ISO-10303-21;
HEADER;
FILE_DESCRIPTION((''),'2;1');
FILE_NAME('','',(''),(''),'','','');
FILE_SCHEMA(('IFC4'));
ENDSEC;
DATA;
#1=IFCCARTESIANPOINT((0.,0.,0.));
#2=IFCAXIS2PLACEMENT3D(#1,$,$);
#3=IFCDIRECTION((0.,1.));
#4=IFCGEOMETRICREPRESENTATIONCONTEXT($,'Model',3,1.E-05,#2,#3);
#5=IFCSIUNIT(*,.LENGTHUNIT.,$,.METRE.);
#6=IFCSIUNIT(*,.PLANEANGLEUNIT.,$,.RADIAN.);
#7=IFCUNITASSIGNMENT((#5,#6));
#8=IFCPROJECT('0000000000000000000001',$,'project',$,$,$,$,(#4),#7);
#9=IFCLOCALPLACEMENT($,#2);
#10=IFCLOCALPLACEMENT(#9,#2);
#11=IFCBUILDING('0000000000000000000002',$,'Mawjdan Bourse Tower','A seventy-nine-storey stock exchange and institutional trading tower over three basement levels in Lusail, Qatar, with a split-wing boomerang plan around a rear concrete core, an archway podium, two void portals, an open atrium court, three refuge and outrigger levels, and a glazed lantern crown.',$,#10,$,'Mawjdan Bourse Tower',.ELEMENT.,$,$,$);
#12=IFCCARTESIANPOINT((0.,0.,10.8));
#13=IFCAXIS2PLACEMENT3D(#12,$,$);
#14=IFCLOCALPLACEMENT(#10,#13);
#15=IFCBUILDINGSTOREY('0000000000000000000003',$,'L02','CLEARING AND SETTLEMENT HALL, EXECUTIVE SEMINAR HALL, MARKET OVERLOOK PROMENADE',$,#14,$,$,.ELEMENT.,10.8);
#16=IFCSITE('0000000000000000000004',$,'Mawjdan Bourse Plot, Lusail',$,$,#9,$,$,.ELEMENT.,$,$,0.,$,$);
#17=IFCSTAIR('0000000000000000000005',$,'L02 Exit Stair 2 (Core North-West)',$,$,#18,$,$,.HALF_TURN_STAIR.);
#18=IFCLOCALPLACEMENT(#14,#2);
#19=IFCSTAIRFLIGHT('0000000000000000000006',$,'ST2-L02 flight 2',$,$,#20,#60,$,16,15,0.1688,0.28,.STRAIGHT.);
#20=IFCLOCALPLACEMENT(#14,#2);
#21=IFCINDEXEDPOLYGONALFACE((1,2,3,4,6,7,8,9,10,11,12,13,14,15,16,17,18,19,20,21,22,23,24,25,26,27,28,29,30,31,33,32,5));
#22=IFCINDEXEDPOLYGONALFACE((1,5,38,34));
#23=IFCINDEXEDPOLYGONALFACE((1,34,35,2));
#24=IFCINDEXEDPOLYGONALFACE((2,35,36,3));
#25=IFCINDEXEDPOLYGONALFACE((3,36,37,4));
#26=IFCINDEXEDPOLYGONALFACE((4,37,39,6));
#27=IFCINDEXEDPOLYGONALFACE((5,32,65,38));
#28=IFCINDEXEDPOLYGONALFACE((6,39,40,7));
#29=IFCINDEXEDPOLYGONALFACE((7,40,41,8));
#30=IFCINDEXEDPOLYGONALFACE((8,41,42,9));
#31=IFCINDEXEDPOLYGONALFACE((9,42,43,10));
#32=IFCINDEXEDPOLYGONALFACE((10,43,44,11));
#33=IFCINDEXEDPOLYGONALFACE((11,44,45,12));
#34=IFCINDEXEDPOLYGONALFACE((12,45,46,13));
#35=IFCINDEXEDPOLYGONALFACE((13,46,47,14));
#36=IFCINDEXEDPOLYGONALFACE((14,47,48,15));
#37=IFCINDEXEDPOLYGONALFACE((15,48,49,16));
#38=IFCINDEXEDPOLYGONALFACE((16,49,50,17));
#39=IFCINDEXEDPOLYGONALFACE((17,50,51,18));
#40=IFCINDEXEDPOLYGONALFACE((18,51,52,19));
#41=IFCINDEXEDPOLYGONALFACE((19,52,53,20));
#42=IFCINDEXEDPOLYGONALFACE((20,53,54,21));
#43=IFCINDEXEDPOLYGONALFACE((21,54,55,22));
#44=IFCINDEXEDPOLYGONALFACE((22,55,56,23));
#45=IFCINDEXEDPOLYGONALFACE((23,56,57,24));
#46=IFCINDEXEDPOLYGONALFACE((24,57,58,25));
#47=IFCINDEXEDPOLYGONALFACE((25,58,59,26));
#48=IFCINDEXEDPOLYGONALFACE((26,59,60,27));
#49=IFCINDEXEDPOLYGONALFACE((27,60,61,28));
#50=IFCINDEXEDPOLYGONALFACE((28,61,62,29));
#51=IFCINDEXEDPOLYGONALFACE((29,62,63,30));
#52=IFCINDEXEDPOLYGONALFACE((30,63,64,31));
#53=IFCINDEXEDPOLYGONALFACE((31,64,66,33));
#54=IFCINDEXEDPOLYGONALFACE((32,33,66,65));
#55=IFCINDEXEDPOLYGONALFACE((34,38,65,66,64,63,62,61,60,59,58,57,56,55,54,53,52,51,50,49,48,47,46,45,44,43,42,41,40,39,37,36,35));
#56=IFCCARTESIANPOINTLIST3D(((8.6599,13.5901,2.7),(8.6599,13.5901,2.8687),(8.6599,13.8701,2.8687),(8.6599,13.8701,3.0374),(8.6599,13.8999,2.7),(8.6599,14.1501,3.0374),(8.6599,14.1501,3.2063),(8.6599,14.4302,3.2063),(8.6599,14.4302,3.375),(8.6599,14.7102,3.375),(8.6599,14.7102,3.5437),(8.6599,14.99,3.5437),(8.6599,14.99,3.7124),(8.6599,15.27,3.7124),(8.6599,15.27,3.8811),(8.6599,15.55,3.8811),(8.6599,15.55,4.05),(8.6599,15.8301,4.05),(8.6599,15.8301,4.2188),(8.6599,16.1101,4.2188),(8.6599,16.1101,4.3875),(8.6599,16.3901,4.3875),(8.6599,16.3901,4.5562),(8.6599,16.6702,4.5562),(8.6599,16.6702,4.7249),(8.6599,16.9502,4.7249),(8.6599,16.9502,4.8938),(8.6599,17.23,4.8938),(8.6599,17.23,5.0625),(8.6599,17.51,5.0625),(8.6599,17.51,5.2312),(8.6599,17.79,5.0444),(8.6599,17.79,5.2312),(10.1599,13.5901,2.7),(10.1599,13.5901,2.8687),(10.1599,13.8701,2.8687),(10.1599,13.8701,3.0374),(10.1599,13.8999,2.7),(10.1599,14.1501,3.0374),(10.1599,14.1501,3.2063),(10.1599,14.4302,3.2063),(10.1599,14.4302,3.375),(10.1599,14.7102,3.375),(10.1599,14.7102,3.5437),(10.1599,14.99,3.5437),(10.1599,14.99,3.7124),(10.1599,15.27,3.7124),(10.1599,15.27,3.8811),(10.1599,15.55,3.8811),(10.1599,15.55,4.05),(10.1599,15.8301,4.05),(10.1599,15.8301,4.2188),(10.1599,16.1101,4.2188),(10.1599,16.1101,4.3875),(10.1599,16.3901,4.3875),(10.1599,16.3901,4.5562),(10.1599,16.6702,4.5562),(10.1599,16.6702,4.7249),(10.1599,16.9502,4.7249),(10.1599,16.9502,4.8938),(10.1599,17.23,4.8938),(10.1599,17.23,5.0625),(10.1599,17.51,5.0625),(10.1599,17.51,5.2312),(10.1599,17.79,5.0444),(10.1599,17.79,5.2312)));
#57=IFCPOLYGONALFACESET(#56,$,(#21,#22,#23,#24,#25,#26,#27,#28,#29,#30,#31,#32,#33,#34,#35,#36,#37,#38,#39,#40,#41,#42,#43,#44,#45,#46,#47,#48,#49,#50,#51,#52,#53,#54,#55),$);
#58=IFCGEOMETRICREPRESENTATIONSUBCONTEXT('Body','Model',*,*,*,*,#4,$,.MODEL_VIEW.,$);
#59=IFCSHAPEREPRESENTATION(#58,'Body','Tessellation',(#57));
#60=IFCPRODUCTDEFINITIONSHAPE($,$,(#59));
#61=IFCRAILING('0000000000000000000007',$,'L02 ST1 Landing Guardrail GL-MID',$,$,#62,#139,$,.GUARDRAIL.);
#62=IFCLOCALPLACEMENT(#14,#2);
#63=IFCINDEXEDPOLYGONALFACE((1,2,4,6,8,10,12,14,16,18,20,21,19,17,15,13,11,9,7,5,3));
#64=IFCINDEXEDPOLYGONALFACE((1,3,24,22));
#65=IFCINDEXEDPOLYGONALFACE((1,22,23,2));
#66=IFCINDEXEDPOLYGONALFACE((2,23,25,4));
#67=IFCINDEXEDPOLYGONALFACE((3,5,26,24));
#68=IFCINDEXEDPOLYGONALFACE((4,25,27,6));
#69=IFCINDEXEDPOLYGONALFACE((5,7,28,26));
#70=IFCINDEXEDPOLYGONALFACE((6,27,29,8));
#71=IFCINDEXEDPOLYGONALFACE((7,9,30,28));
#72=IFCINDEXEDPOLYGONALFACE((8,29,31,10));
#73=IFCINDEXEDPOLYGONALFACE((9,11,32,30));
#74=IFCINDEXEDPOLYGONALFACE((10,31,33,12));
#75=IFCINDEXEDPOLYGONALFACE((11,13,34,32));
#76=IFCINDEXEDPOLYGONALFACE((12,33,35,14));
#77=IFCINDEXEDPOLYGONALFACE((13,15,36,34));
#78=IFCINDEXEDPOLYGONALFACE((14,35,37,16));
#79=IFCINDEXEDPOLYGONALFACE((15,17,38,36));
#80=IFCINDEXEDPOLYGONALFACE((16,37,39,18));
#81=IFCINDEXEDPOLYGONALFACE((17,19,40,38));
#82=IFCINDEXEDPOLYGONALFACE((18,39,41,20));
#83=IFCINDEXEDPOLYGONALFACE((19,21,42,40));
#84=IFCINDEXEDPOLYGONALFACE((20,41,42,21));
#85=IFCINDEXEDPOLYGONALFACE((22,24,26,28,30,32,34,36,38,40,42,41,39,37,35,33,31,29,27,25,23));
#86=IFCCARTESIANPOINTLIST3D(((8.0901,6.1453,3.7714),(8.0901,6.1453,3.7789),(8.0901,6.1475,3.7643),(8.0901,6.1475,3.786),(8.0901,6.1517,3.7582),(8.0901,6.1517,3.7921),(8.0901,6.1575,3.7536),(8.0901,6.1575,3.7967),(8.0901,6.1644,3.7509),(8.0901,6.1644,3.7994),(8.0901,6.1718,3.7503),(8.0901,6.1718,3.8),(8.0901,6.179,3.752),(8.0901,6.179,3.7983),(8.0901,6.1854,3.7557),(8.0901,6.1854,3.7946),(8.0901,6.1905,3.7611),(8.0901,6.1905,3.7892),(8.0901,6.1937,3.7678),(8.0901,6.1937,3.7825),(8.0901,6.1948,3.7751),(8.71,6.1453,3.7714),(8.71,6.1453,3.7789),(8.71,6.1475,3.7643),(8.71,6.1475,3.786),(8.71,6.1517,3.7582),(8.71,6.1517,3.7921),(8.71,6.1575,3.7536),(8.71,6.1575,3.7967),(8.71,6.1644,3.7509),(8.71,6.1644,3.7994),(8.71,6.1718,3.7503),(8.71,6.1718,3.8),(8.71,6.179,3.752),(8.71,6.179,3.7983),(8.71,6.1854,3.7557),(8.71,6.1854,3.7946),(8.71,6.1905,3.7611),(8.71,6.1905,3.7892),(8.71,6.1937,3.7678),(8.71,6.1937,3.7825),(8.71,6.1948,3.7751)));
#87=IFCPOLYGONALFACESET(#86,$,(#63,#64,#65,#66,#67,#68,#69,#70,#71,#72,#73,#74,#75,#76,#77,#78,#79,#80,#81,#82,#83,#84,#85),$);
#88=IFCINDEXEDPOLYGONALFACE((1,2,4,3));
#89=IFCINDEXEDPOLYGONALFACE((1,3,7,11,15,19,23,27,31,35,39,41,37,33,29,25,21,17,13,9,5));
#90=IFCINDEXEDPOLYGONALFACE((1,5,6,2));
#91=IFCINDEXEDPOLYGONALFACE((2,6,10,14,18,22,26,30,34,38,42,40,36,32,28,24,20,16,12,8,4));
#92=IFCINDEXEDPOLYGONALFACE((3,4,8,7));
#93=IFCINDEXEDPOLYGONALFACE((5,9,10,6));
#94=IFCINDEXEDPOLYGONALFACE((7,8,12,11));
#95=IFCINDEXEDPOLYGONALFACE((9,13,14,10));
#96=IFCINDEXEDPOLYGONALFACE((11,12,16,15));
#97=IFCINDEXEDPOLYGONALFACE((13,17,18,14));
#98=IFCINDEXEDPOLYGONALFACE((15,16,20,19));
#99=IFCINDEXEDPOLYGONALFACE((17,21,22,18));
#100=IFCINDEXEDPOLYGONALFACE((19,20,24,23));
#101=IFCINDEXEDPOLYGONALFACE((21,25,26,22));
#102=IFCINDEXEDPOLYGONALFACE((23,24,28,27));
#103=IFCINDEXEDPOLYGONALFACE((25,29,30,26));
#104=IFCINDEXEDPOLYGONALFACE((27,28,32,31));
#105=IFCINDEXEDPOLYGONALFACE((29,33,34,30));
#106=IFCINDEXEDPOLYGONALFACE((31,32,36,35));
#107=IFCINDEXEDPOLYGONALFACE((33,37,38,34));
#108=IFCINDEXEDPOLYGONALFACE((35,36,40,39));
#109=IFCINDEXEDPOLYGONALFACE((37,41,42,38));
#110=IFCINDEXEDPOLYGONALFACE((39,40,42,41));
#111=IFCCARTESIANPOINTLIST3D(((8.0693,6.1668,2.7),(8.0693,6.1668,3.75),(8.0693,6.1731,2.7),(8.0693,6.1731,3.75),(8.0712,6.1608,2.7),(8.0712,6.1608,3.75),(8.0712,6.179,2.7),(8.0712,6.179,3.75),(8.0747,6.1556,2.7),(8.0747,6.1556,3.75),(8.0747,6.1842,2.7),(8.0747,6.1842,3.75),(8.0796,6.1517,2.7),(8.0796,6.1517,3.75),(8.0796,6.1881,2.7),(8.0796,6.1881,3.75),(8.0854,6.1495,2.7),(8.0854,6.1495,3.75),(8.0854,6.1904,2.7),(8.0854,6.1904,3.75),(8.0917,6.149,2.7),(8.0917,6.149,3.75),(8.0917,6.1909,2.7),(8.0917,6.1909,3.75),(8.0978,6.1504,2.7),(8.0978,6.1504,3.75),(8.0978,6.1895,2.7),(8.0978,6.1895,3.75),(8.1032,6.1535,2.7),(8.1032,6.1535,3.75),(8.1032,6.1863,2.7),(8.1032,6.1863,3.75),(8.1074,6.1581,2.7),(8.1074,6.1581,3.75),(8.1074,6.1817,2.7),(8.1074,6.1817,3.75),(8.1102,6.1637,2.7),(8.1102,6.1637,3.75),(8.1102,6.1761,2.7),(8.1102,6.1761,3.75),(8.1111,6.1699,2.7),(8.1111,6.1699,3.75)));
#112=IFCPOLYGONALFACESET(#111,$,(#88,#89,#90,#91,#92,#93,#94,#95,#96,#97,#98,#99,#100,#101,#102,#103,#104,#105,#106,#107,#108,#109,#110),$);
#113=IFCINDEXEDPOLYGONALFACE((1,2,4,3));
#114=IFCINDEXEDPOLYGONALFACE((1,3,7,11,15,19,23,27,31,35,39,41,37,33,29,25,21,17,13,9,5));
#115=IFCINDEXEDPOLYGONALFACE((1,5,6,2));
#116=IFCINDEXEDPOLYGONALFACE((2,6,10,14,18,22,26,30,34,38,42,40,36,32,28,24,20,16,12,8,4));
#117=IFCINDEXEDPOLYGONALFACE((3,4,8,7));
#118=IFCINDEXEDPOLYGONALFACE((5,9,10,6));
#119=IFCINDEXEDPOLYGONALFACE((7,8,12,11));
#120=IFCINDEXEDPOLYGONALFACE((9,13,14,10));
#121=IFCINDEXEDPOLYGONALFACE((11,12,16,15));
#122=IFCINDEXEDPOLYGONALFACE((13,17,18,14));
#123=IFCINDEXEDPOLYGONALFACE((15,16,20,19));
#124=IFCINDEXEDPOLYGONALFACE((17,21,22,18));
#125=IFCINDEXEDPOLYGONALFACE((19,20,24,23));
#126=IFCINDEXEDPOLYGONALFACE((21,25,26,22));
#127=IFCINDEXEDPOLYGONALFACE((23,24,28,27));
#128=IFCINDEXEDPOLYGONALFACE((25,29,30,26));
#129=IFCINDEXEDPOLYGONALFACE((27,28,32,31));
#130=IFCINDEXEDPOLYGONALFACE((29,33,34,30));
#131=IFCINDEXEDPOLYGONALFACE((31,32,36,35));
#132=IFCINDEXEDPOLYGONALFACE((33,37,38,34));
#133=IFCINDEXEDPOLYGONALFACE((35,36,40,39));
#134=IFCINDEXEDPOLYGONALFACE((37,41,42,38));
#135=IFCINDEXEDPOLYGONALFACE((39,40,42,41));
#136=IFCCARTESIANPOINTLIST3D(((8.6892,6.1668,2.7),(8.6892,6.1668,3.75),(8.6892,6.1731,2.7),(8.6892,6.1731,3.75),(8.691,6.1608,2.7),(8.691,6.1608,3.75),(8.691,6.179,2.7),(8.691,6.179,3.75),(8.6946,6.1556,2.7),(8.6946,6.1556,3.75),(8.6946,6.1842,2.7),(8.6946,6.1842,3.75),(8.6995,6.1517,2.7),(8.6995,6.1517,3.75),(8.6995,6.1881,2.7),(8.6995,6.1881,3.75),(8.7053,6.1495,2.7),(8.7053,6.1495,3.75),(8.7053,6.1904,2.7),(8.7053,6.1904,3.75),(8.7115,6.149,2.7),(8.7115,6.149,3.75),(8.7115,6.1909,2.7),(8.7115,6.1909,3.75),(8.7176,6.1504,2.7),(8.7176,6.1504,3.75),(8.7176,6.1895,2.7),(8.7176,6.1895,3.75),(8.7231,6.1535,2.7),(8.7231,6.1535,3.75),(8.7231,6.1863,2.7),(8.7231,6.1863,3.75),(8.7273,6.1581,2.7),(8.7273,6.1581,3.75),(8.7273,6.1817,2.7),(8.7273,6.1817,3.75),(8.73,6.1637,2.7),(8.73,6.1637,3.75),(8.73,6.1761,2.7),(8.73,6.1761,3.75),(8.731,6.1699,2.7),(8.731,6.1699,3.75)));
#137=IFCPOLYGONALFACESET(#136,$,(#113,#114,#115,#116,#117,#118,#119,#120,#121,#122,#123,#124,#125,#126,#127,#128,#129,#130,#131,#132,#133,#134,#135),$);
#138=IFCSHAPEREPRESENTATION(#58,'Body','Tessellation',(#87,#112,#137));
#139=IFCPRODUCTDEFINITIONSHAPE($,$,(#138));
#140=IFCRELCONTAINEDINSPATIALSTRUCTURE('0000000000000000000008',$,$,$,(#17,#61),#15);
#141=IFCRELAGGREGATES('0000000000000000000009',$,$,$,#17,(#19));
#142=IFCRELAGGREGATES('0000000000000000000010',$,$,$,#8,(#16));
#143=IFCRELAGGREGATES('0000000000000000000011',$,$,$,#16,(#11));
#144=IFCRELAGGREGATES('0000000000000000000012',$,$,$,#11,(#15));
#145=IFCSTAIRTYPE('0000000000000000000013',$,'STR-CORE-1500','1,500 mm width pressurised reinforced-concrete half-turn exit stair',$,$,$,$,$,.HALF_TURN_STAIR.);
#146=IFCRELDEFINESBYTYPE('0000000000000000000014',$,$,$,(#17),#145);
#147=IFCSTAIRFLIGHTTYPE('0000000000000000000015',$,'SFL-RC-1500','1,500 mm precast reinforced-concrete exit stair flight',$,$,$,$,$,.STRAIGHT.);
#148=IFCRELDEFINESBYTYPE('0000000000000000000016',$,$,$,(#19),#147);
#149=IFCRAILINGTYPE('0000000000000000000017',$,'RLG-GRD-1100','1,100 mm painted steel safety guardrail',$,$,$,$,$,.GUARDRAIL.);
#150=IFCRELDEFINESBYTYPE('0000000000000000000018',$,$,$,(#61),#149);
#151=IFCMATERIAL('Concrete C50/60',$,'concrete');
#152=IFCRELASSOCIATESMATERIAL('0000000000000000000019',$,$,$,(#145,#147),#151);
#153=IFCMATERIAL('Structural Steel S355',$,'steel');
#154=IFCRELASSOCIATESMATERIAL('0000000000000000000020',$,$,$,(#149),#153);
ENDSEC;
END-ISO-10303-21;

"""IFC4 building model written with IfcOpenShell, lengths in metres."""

from ifc_helpers import new_model, si_unit, direction, frame, origin, origin_2d, place, context, subcontext, project, spatial, polyline, circle, outline, extrude, material, type_object, element, aggregate, save


model = new_model("IFC4")

# Units and contexts
model_context = context("Model", 3, precision=1e-05, world=origin(), true_north=direction((0.0, 1.0)))
body_context = subcontext(model_context, "Body", "Model", "MODEL_VIEW")
ifc_project = project(units=[si_unit("LENGTHUNIT", "METRE"), si_unit("PLANEANGLEUNIT", "RADIAN")], contexts=[model_context])

# Site, building, storey
site_placement = place(None, origin())
site = spatial("IfcSite", under=ifc_project, at=site_placement, Name="Mawjdan Bourse Plot, Lusail", CompositionType="ELEMENT", RefElevation=0.0)
building_placement = place(site_placement, origin())
building = spatial("IfcBuilding", under=site, at=building_placement, Name="Mawjdan Bourse Tower", Description="A seventy-nine-storey stock exchange and institutional trading tower over three basement levels in Lusail, Qatar, with a split-wing boomerang plan around a rear concrete core, an archway podium, two void portals, an open atrium court, three refuge and outrigger levels, and a glazed lantern crown.", LongName="Mawjdan Bourse Tower", CompositionType="ELEMENT")
storey_placement = place(building_placement, frame((0.0, 0.0, 10.8)))
storey = spatial("IfcBuildingStorey", under=building, at=storey_placement, Name="L02", Description="CLEARING AND SETTLEMENT HALL, EXECUTIVE SEMINAR HALL, MARKET OVERLOOK PROMENADE", CompositionType="ELEMENT", Elevation=10.8)

# Shared definitions
ifc_material_1 = material(Name="Structural Steel S355", Category="steel")

# Shared definitions
ifc_material_2 = material(Name="Concrete C50/60", Category="concrete")

# Shared definitions
stair_type = type_object("IfcStairType", Name="STR-CORE-1500", Description="1,500 mm width pressurised reinforced-concrete half-turn exit stair", PredefinedType="HALF_TURN_STAIR", material=ifc_material_2)
stair_flight_type = type_object("IfcStairFlightType", Name="SFL-RC-1500", Description="1,500 mm precast reinforced-concrete exit stair flight", PredefinedType="STRAIGHT", material=ifc_material_2)

# Stair, stair flight
stair_1_placement = place(storey_placement, origin())
stair_1 = element("IfcStair", 1, at=stair_1_placement, inside=storey, type_object=stair_type, Name="L02 Exit Stair 2 (Core North-West)", PredefinedType="HALF_TURN_STAIR")
stair_flight_1_placement = place(storey_placement, frame((9.4099, 13.5901, 2.7), z_axis=(0.0, 0.0, 1.0), x_axis=(0.0, 1.0, 0.0)))
stair_flight_1 = element("IfcStairFlight", 2, at=stair_flight_1_placement, type_object=stair_flight_type, Name="ST2-L02 flight 2", NumberOfRisers=16, NumberOfTreads=15, PredefinedType="STRAIGHT", RiserHeight=0.1688, TreadLength=0.28, context=body_context, shape_type="SweptSolid", body=[
    extrude(outline(polyline([(0.0, 0.0), (0.0, 0.1687), (0.28, 0.1687), (0.28, 0.3374), (0.5601, 0.3374), (0.5601, 0.5063), (0.8401, 0.5063), (0.8401, 0.675), (1.1201, 0.675), (1.1201, 0.8438), (1.3999, 0.8438), (1.3999, 1.0125), (1.6799, 1.0125), (1.6799, 1.1812), (1.96, 1.1812), (1.96, 1.3501), (2.24, 1.3501), (2.24, 1.5188), (2.52, 1.5188), (2.52, 1.6875), (2.8, 1.6875), (2.8, 1.8562), (3.0801, 1.8562), (3.0801, 2.0249), (3.3601, 2.0249), (3.3601, 2.1938), (3.6399, 2.1938), (3.6399, 2.3625), (3.9199, 2.3625), (3.9199, 2.5312), (4.2, 2.5312), (4.2, 2.7), (4.2, 2.3445), (0.3098, 0.0), (0.0, 0.0)])), frame((0.0, 0.75, 0.0), z_axis=(0.0, -1.0, 0.0), x_axis=(1.0, 0.0, 0.0)), (0.0, 0.0, 1.0), 1.5),
])
aggregate(stair_1, [stair_flight_1])

# Railing
railing_type_1 = type_object("IfcRailingType", Name="RLG-GRD-1100", Description="1,100 mm painted steel safety guardrail", PredefinedType="GUARDRAIL", material=ifc_material_1)
for number, where, name in (
    (3, (8.0901, 6.1699, 2.7), "L02 ST1 Landing Guardrail GL-MID"),
):
    element("IfcRailing", number, at=place(storey_placement, frame(where)), inside=storey, type_object=railing_type_1, Name=name, PredefinedType="GUARDRAIL", context=body_context, shape_type="SweptSolid", body=[
        extrude(circle(Radius=0.0249, at=origin_2d()), frame((0.0, 0.0, 1.0752), z_axis=(1.0, 0.0, 0.0), x_axis=(0.0, 1.0, 0.0)), (0.0, 0.0, 1.0), 0.6199),
        extrude(circle(Radius=0.021, at=origin_2d()), origin(), (0.0, 0.0, 1.0), 1.05),
        extrude(circle(Radius=0.021, at=origin_2d()), frame((0.6199, 0.0, 0.0)), (0.0, 0.0, 1.0), 1.05),
    ])

save(model, "model.ifc")
